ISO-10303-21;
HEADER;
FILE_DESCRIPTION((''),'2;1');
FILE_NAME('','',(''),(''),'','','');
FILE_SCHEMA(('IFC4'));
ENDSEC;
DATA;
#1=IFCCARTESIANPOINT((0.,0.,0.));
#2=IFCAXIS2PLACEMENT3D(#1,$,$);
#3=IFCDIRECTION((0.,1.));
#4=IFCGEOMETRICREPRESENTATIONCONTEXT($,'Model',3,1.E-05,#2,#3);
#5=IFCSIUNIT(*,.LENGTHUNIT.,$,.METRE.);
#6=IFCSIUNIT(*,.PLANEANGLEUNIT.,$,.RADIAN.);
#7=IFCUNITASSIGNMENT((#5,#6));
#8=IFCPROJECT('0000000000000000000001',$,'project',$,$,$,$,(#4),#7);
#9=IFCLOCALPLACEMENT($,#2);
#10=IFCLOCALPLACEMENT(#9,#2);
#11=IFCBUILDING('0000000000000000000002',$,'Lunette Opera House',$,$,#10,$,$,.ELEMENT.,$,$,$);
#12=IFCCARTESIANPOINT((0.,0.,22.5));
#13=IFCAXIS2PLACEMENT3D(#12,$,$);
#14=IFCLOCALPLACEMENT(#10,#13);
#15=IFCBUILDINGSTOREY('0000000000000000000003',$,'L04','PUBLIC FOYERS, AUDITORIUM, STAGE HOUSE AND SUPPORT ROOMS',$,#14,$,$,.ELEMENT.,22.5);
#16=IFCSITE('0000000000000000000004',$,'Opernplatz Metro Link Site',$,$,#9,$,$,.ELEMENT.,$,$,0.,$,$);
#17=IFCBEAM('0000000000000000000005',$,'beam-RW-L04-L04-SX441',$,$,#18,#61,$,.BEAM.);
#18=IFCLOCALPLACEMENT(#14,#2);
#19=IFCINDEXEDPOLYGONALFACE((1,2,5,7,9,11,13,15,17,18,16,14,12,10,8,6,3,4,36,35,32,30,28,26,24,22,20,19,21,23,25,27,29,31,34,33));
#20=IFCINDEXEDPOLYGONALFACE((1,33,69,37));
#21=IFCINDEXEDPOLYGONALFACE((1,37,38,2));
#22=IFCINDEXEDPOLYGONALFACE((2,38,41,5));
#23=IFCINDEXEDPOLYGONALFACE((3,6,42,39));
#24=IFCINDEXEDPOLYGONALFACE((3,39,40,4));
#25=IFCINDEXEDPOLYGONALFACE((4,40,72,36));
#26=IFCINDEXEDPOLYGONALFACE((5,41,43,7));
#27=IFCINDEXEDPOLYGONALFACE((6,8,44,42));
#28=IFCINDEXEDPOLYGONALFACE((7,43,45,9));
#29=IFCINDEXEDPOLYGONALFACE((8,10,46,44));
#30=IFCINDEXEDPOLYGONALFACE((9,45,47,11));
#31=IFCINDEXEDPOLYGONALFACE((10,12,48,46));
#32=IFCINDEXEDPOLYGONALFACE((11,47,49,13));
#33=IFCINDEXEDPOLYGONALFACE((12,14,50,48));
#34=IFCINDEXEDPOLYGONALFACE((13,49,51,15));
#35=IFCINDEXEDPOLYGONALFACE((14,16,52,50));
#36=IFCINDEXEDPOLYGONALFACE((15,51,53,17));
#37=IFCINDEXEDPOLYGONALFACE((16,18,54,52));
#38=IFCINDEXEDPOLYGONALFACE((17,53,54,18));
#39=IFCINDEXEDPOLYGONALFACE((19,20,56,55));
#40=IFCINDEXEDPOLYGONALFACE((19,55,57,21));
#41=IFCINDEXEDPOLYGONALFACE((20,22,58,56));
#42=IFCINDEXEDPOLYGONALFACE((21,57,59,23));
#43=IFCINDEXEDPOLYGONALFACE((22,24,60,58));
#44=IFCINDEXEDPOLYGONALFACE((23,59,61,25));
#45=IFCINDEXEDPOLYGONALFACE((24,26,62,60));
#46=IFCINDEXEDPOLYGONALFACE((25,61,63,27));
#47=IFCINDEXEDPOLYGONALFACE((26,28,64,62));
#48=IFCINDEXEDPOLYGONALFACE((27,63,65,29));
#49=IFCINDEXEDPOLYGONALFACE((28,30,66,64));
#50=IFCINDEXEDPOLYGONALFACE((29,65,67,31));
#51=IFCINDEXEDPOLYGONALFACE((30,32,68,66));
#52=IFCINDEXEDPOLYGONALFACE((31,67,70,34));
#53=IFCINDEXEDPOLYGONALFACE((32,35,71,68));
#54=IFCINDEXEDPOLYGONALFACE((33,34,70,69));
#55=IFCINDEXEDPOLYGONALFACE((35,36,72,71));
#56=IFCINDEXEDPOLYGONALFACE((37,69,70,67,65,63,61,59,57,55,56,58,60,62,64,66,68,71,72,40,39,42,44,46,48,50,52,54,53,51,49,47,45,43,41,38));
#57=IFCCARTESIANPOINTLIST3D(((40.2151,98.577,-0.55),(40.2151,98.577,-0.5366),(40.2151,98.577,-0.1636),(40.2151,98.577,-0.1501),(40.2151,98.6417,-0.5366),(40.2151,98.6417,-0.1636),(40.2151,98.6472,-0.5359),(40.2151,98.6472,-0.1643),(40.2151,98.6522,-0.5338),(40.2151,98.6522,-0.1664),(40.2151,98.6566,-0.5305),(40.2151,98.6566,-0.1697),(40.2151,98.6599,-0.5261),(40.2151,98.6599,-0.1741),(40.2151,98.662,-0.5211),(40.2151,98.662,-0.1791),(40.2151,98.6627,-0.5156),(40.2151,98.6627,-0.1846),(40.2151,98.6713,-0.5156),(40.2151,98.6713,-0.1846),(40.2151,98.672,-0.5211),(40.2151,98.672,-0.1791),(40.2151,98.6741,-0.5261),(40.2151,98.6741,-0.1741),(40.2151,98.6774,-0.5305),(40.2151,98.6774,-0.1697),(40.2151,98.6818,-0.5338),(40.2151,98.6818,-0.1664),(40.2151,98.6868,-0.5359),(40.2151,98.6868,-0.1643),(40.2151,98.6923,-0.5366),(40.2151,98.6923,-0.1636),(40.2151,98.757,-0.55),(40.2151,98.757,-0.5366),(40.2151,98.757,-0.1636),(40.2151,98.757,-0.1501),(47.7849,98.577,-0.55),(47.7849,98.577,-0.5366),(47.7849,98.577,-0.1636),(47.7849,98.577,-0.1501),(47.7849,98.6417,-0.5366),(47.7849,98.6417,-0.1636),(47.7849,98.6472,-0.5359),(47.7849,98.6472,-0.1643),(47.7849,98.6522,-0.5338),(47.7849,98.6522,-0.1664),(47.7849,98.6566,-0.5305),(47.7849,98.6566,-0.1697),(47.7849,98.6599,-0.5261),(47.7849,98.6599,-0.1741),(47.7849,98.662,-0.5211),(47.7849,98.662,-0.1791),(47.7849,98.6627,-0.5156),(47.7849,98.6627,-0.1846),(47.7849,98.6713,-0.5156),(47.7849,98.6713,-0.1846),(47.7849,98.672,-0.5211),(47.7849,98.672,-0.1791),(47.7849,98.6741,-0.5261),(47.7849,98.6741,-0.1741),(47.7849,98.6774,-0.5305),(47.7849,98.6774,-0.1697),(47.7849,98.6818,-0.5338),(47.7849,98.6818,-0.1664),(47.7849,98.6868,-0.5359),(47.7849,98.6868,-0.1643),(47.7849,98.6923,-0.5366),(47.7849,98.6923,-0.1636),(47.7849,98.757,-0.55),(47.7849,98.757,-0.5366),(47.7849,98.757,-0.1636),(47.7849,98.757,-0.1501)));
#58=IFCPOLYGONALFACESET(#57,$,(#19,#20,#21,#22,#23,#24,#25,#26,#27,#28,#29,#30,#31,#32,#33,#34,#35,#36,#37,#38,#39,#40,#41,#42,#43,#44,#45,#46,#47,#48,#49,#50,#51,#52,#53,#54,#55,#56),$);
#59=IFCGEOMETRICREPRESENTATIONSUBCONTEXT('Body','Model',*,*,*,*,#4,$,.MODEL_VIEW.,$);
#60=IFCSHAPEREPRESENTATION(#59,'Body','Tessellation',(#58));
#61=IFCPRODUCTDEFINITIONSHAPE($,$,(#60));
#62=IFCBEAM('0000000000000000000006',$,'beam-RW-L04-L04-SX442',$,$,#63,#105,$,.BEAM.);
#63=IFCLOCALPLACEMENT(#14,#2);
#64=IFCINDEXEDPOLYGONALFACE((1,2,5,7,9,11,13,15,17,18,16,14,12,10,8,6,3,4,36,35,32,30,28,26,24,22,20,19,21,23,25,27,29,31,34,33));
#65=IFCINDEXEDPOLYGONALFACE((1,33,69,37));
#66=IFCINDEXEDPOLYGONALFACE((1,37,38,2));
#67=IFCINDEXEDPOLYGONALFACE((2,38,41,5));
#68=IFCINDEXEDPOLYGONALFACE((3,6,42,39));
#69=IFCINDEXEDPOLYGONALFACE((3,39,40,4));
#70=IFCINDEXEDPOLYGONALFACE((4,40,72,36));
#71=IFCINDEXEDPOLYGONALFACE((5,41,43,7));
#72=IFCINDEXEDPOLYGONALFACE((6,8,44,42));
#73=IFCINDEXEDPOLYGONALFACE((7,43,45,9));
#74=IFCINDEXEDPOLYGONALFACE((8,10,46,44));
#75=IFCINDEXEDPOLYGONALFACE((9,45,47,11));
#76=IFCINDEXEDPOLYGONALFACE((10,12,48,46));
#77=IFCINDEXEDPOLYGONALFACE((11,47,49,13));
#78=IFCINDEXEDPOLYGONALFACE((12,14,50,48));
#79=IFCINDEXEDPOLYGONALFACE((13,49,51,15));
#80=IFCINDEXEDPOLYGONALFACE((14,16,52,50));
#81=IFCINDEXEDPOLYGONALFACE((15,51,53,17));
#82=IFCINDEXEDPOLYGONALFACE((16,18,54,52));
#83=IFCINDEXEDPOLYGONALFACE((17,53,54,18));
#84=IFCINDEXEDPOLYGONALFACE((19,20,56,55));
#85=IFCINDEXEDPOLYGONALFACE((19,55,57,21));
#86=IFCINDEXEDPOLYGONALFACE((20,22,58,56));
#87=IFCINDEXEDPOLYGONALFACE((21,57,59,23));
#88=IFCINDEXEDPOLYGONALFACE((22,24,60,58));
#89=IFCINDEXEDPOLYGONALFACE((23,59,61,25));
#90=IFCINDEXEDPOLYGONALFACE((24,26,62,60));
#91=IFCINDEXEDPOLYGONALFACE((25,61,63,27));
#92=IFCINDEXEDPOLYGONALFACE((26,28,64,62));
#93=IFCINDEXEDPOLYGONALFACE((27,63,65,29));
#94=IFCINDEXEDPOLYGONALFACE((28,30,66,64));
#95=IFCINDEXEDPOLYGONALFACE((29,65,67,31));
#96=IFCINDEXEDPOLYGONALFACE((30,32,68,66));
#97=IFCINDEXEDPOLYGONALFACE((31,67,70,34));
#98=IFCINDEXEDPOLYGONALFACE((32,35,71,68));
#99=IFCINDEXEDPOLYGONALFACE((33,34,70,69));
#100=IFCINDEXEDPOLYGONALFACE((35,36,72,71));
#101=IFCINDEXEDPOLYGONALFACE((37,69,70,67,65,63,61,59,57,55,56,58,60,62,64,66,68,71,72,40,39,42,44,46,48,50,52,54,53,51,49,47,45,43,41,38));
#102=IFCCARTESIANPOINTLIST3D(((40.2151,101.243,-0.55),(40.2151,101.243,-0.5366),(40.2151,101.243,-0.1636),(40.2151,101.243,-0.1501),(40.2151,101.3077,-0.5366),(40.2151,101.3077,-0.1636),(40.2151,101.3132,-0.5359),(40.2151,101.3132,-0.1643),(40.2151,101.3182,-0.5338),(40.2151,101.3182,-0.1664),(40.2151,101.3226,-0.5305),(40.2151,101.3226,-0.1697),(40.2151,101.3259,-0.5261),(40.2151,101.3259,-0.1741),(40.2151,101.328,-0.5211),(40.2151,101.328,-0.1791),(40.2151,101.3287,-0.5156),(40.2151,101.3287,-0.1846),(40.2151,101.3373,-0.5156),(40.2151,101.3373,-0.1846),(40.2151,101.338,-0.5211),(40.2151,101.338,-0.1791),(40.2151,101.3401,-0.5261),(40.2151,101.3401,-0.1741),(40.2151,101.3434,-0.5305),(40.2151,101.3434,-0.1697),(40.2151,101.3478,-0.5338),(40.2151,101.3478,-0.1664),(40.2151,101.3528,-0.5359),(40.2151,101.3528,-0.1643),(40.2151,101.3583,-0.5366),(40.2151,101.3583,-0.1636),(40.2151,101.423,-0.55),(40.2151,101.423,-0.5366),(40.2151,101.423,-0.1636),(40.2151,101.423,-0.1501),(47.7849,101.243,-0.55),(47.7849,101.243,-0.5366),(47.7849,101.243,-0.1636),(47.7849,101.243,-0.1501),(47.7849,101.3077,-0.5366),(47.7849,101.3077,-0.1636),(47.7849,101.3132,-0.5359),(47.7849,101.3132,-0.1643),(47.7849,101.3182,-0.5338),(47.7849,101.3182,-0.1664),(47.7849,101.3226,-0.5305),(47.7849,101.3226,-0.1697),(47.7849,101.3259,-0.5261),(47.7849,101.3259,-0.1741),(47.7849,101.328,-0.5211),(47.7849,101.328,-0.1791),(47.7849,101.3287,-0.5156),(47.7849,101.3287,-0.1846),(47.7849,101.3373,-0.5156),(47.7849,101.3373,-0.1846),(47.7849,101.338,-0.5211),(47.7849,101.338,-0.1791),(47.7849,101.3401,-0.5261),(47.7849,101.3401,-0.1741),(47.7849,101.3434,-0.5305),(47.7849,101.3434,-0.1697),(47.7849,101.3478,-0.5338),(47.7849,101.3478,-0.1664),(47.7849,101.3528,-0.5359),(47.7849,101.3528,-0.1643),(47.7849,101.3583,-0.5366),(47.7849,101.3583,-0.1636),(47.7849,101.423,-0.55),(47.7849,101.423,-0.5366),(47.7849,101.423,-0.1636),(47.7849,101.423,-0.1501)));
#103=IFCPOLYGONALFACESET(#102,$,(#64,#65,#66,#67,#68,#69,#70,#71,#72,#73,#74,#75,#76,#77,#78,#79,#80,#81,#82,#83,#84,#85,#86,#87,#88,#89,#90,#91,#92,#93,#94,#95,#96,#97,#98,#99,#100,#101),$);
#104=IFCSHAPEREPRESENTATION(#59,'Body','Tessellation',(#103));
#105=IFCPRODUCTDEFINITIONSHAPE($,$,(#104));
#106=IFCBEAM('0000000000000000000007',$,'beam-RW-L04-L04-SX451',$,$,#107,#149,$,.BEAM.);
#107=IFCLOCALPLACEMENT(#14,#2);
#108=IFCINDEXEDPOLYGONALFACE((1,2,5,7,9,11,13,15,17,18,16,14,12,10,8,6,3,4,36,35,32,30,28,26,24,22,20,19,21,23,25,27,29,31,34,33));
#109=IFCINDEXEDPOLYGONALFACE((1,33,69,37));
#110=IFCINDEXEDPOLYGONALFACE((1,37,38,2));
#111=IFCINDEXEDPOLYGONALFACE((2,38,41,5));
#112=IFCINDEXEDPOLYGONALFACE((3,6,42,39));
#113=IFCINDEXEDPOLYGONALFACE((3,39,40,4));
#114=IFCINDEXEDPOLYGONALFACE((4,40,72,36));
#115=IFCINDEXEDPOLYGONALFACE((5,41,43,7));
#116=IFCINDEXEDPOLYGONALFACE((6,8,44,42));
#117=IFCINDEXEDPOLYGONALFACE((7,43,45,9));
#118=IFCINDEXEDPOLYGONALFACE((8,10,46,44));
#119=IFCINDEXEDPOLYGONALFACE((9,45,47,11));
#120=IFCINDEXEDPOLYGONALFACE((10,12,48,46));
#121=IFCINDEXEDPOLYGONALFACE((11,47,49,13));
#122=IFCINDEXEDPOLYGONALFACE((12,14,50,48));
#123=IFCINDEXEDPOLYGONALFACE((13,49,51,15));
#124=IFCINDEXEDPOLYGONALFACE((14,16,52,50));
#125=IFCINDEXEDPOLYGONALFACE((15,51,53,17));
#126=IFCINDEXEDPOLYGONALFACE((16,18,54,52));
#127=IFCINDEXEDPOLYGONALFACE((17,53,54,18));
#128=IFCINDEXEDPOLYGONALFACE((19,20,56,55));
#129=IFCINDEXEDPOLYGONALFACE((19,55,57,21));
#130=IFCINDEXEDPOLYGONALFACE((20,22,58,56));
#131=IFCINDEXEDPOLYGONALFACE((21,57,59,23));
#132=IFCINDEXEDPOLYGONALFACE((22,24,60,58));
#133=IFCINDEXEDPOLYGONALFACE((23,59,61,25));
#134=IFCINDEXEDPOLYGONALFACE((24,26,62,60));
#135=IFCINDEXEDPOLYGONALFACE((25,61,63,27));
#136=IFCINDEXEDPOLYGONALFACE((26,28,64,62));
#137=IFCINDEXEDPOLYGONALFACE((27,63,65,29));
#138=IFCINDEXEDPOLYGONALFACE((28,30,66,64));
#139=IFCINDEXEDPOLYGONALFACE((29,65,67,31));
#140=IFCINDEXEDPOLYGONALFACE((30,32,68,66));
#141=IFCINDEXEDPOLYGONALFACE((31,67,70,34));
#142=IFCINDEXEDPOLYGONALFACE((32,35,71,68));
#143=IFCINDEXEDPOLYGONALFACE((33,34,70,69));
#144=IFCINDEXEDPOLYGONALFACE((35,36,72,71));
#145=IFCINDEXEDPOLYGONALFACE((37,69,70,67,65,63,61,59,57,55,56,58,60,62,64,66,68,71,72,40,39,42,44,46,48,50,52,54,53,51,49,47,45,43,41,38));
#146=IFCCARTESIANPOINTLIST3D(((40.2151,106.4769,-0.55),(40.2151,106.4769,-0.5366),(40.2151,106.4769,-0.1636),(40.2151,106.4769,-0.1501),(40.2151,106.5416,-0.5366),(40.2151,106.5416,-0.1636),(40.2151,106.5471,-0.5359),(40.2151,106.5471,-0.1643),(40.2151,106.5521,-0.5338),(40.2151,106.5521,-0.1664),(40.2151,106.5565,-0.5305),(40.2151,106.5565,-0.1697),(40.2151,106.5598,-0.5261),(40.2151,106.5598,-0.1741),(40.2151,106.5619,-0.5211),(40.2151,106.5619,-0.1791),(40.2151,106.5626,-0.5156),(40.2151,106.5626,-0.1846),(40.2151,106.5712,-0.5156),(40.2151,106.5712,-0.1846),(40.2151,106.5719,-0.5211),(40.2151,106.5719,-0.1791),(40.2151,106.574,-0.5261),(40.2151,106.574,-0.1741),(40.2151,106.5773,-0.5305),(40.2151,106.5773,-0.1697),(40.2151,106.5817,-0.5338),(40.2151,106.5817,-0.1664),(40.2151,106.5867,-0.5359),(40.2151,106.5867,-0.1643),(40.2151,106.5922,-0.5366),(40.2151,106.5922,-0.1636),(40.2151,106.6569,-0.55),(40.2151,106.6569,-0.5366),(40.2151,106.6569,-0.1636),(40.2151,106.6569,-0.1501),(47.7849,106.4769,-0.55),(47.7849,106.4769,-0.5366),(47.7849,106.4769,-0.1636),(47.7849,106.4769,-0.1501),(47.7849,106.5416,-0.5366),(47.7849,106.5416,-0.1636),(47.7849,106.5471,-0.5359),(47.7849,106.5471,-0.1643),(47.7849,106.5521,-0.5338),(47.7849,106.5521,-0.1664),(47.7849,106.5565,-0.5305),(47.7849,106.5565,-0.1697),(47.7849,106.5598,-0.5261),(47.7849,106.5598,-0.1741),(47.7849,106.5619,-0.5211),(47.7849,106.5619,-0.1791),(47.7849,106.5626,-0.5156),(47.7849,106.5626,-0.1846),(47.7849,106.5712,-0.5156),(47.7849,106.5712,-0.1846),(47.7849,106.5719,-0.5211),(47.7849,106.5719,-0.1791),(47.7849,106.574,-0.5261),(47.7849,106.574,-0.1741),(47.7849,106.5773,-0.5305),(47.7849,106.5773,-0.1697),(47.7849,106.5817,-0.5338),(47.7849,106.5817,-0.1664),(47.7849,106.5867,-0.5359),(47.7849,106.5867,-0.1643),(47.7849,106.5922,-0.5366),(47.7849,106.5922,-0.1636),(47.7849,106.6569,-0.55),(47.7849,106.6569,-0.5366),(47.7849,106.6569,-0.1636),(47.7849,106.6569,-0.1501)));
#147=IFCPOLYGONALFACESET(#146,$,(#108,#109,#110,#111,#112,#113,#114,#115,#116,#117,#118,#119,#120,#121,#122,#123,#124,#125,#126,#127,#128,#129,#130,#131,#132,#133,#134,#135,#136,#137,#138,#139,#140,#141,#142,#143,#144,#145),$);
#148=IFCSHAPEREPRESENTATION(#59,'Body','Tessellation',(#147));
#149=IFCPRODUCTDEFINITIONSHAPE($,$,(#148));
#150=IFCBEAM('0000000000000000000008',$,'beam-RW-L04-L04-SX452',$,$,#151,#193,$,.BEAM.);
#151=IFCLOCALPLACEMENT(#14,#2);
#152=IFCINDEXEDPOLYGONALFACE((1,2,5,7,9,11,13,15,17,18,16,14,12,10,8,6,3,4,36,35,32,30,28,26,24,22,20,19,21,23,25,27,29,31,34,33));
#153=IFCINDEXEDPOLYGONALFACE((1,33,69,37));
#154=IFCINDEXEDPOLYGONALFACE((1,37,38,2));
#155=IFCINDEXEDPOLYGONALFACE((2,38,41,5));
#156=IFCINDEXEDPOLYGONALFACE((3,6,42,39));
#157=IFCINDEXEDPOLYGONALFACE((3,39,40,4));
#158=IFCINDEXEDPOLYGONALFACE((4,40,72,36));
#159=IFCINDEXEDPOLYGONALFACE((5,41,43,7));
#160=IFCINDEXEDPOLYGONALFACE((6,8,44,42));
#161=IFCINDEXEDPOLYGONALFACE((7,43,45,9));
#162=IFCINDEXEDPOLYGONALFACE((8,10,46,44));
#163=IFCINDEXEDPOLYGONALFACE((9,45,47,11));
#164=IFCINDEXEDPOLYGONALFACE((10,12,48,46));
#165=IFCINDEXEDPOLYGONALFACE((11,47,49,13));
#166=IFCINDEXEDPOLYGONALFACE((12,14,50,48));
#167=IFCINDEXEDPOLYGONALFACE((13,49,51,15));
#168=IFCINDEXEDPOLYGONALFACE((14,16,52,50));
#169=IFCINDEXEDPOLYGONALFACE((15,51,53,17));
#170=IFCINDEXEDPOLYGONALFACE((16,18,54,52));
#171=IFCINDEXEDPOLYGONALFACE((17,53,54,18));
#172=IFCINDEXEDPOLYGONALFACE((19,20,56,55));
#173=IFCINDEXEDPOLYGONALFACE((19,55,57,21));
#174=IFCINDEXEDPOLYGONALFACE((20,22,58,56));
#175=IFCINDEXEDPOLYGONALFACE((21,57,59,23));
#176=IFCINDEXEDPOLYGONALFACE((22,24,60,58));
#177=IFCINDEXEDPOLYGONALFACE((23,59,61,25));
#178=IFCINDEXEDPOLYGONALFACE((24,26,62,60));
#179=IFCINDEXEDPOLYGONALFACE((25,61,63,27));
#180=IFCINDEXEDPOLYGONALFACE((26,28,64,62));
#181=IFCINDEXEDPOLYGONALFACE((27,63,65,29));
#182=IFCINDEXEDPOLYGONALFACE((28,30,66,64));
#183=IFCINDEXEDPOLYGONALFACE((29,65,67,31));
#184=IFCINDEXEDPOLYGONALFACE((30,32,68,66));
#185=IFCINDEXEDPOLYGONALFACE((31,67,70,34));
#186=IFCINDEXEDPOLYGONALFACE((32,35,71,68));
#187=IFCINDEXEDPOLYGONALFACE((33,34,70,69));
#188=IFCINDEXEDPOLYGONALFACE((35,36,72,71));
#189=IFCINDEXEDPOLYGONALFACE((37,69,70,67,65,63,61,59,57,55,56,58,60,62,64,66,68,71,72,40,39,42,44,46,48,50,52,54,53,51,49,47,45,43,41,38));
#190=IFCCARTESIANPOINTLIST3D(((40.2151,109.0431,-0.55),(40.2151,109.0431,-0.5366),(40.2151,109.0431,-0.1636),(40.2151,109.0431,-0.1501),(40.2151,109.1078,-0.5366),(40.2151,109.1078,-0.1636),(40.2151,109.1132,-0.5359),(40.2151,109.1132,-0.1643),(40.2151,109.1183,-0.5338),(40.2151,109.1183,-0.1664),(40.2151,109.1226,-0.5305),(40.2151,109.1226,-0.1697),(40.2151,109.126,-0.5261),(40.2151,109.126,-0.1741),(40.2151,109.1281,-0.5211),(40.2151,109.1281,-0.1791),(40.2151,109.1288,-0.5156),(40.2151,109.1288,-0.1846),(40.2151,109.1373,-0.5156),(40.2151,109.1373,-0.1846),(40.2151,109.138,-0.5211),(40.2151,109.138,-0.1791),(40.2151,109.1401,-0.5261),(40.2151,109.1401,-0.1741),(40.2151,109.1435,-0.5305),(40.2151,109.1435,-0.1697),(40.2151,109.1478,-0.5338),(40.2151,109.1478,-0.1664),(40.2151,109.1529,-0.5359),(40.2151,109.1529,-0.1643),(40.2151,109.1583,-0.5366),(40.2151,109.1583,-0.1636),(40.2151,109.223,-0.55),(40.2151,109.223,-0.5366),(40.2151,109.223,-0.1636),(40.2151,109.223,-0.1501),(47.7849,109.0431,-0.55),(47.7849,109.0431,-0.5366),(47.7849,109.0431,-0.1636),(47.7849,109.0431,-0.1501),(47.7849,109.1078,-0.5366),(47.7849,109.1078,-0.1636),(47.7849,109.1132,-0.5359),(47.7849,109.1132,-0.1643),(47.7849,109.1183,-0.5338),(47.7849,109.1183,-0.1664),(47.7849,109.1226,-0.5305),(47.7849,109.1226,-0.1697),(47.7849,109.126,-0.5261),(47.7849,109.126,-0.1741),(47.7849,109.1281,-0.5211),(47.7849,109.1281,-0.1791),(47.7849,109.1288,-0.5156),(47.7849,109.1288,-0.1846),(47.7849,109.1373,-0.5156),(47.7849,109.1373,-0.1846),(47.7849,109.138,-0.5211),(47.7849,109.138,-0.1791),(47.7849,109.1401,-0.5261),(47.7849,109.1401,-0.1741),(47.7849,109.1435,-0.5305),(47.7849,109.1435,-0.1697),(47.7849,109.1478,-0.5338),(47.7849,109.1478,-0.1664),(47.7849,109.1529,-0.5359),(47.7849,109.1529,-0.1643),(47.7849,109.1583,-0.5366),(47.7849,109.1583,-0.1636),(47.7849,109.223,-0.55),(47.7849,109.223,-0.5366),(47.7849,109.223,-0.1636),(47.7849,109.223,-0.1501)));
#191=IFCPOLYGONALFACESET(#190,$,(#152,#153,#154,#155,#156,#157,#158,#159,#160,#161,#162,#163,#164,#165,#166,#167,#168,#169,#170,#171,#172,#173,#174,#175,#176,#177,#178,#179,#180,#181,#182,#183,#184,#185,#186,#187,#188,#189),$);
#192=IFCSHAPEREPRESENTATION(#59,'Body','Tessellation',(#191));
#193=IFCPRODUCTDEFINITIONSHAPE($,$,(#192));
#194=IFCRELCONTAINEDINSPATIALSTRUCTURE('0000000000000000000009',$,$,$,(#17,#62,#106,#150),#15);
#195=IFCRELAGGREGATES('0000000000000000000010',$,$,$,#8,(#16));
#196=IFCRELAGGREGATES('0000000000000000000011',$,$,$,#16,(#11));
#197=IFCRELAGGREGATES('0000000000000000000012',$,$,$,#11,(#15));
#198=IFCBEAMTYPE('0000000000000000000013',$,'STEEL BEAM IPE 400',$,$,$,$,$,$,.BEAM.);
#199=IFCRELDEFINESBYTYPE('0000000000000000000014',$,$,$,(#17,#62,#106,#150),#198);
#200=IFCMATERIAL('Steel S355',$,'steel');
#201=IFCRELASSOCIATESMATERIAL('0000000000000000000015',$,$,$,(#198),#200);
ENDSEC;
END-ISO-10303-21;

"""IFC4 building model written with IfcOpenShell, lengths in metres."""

from ifc_helpers import new_model, si_unit, direction, frame, origin, origin_2d, place, context, subcontext, project, spatial, i_section, extrude, material, material_profile, profile_set, type_object, element, save


model = new_model("IFC4")

# Units and contexts
model_context = context("Model", 3, precision=1e-05, world=origin(), true_north=direction((0.0, 1.0)))
body_context = subcontext(model_context, "Body", "Model", "MODEL_VIEW")
ifc_project = project(units=[si_unit("LENGTHUNIT", "METRE"), si_unit("PLANEANGLEUNIT", "RADIAN")], contexts=[model_context])

# Site, building, storey
site_placement = place(None, origin())
site = spatial("IfcSite", under=ifc_project, at=site_placement, Name="Opernplatz Metro Link Site", CompositionType="ELEMENT", RefElevation=0.0)
building_placement = place(site_placement, origin())
building = spatial("IfcBuilding", under=site, at=building_placement, Name="Lunette Opera House", CompositionType="ELEMENT")
storey_placement = place(building_placement, frame((0.0, 0.0, 22.5)))
storey = spatial("IfcBuildingStorey", under=building, at=storey_placement, Name="L04", Description="PUBLIC FOYERS, AUDITORIUM, STAGE HOUSE AND SUPPORT ROOMS", CompositionType="ELEMENT", Elevation=22.5)

# Beams
ifc_material_1 = material(Name="Steel S355", Category="steel")
ifc_material_profile_1 = material_profile(ifc_material_1, i_section(OverallWidth=0.1799, OverallDepth=0.3999, WebThickness=0.0085, FlangeThickness=0.0134, FilletRadius=0.021, at=origin_2d()), Name="IPE 400")
ifc_profile_set_1 = profile_set([ifc_material_profile_1], Name="Steel S355")
beam_type_1 = type_object("IfcBeamType", Name="STEEL BEAM IPE 400", PredefinedType="BEAM", material=ifc_profile_set_1)
for number, where, z_axis, x_axis, name in (
    (1, (40.2151, 98.667, -0.3501), (1.0, 0.0, 0.0), (0.0, 1.0, 0.0), "beam-RW-L04-L04-SX441"),
    (2, (40.2151, 101.333, -0.3501), (1.0, 0.0, 0.0), (0.0, 1.0, 0.0), "beam-RW-L04-L04-SX442"),
    (3, (40.2151, 106.5669, -0.3501), (1.0, 0.0, 0.0), (0.0, 1.0, 0.0), "beam-RW-L04-L04-SX451"),
    (4, (40.2151, 109.1331, -0.3501), (1.0, 0.0, 0.0), (0.0, 1.0, 0.0), "beam-RW-L04-L04-SX452"),
):
    element("IfcBeam", number, at=place(storey_placement, frame(where, z_axis=z_axis, x_axis=x_axis)), inside=storey, type_object=beam_type_1, Name=name, PredefinedType="BEAM", context=body_context, shape_type="SweptSolid", body=[
        extrude(i_section(OverallWidth=0.1799, OverallDepth=0.3999, WebThickness=0.0085, FlangeThickness=0.0134, FilletRadius=0.021, at=origin_2d()), origin(), (0.0, 0.0, 1.0), 7.5698),
    ])

save(model, "model.ifc")
